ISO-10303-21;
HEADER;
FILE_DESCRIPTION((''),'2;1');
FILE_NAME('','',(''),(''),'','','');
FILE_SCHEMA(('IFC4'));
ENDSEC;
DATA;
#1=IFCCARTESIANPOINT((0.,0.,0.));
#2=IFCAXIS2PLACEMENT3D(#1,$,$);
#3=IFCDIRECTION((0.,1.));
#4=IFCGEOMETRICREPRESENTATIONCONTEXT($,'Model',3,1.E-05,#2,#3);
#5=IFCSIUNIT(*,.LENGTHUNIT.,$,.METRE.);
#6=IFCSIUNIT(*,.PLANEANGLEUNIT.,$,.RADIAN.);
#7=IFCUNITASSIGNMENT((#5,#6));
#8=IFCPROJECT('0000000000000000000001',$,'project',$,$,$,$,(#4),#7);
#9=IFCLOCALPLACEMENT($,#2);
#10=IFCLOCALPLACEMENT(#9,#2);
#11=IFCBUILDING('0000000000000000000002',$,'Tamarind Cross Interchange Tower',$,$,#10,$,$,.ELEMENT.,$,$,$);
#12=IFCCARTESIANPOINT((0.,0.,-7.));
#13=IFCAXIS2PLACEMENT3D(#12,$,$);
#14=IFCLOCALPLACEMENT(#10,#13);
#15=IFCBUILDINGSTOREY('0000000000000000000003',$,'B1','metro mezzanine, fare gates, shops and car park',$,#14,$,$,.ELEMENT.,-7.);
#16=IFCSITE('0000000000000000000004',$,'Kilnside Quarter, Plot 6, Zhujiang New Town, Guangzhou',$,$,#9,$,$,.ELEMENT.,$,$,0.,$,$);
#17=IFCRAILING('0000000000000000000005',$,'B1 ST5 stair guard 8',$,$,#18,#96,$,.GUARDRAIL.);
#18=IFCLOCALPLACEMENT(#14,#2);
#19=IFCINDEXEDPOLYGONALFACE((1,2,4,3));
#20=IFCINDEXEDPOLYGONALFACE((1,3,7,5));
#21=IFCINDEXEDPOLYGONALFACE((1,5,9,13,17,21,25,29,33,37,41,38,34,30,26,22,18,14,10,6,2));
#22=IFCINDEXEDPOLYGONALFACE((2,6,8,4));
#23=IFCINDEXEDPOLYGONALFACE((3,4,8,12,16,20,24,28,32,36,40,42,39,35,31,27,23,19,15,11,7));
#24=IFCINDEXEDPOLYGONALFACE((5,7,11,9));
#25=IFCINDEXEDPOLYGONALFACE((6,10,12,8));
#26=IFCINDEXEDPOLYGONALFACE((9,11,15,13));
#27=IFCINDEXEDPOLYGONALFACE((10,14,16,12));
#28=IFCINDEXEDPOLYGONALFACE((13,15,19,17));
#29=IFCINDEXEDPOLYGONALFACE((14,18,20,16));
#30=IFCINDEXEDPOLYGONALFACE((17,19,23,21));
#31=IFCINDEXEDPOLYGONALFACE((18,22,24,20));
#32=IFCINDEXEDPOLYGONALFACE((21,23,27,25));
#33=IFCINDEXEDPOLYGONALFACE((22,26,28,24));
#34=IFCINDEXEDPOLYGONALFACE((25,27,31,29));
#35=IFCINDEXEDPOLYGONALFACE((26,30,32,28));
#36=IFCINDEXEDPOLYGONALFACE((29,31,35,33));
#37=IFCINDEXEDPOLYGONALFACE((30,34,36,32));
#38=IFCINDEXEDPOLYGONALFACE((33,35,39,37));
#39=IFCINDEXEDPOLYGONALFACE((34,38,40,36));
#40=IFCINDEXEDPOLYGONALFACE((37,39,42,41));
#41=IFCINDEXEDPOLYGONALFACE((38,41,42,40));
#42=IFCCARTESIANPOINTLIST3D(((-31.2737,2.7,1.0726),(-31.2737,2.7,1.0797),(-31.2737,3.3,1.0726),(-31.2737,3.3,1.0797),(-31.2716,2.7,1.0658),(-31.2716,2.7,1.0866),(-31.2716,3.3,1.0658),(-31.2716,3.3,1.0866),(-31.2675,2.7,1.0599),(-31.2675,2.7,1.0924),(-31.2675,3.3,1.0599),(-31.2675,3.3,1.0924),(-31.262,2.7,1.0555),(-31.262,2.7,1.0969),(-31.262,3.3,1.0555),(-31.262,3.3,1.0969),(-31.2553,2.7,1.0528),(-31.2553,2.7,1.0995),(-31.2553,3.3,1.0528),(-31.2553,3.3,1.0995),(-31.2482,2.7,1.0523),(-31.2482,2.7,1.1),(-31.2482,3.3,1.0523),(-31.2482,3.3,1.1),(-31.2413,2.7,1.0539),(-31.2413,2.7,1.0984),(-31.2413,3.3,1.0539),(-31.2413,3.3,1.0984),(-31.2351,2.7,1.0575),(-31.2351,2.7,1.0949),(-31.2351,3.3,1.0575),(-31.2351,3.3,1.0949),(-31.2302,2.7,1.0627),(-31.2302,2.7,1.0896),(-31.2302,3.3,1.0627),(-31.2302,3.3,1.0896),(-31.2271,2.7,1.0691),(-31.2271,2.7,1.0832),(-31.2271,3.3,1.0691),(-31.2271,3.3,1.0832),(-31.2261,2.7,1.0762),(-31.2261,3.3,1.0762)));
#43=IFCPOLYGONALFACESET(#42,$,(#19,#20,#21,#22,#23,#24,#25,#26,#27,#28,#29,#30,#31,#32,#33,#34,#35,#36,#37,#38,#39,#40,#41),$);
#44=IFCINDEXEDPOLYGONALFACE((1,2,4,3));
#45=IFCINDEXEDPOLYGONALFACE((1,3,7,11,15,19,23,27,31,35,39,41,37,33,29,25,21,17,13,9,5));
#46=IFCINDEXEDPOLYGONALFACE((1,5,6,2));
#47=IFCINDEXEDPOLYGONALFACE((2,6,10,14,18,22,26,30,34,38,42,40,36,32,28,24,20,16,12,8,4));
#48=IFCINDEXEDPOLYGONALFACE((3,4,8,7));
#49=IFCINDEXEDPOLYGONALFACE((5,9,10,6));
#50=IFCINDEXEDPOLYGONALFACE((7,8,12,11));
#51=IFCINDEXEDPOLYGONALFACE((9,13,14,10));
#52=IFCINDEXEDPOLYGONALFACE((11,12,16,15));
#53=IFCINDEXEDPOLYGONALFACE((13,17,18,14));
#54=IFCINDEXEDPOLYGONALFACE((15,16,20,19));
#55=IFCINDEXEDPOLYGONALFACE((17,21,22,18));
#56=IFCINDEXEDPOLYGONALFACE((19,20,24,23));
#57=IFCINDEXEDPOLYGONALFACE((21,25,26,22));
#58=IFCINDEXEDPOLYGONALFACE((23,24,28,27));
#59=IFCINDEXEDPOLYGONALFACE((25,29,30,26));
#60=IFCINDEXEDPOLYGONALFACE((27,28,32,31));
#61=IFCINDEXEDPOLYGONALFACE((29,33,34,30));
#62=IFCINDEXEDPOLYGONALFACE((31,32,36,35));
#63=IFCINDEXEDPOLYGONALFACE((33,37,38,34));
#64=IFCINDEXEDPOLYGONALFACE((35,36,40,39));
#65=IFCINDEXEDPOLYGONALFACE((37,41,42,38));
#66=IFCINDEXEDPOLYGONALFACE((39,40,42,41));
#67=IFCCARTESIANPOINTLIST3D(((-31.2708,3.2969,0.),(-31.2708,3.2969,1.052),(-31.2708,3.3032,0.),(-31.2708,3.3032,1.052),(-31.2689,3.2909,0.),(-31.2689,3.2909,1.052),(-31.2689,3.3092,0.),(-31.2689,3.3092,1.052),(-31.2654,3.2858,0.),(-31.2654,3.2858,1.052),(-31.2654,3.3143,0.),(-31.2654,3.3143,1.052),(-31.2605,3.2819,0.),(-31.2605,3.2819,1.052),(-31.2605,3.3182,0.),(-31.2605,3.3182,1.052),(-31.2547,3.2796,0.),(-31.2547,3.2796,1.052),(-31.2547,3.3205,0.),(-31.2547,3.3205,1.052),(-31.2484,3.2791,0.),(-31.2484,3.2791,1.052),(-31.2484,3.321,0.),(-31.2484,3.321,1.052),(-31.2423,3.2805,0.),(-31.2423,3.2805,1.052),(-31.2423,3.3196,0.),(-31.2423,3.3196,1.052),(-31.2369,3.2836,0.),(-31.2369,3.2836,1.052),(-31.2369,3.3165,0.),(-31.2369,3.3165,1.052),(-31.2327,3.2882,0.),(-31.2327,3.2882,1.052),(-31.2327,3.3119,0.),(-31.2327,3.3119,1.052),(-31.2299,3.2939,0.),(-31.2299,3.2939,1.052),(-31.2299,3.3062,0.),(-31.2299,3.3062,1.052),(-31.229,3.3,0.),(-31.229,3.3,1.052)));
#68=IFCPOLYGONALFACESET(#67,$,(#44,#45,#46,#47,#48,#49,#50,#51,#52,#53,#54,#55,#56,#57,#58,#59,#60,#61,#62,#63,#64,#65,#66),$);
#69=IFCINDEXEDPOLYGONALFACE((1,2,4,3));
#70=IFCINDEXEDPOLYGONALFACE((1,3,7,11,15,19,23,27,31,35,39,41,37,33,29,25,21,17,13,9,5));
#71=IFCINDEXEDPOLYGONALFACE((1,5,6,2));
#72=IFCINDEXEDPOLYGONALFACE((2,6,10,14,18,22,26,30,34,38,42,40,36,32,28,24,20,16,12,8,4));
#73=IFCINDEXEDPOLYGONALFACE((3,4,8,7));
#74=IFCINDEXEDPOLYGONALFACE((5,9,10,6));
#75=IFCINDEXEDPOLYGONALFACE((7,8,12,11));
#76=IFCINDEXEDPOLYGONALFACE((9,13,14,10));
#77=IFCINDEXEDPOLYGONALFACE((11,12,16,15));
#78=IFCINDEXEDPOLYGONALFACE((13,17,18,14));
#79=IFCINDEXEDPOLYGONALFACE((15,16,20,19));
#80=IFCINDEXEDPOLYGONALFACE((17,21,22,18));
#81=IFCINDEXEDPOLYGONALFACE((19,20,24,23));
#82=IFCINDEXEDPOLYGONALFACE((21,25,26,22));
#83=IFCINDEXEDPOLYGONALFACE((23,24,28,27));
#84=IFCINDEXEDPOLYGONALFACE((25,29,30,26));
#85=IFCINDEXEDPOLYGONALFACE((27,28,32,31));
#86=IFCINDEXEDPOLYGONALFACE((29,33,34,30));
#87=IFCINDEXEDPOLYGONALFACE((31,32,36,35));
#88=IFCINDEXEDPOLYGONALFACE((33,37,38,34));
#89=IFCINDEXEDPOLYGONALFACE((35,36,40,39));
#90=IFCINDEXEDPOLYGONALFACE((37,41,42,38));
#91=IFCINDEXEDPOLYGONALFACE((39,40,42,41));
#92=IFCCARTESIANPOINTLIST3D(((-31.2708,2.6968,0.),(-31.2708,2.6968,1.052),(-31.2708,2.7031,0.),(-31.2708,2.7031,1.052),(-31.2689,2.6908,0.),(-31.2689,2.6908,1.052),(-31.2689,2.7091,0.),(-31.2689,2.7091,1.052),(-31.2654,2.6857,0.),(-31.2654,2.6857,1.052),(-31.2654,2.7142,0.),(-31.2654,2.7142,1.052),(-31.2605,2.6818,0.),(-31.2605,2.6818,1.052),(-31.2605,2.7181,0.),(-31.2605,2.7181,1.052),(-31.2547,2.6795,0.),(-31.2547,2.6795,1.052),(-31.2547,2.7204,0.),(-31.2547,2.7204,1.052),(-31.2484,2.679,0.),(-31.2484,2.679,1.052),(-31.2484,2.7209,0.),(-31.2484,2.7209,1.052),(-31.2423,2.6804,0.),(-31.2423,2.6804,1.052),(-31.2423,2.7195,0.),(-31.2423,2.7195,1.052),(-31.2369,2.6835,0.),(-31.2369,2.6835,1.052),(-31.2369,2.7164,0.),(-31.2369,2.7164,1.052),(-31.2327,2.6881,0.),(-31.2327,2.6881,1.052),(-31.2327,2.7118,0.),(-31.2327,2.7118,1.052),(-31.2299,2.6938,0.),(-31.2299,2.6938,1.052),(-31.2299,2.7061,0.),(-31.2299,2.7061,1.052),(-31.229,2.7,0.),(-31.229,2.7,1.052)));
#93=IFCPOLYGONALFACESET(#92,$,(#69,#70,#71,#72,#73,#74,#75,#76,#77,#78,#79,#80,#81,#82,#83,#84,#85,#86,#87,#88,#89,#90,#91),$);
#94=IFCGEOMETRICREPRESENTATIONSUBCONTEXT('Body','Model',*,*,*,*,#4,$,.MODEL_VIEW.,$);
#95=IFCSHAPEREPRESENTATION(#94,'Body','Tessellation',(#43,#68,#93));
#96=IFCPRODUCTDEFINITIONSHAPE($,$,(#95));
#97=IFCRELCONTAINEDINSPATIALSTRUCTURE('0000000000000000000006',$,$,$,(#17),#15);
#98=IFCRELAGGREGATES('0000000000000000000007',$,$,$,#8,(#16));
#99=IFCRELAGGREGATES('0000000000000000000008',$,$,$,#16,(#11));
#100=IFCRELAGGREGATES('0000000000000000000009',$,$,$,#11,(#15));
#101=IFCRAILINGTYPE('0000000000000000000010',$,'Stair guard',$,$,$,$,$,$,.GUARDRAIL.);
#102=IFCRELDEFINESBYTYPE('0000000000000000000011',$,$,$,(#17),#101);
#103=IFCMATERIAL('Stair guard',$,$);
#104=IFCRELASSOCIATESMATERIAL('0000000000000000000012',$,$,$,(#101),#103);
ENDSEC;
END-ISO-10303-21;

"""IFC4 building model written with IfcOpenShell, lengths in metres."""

from ifc_helpers import new_model, si_unit, direction, frame, origin, origin_2d, place, context, subcontext, project, spatial, circle, extrude, material, type_object, element, save


model = new_model("IFC4")

# Units and contexts
model_context = context("Model", 3, precision=1e-05, world=origin(), true_north=direction((0.0, 1.0)))
body_context = subcontext(model_context, "Body", "Model", "MODEL_VIEW")
ifc_project = project(units=[si_unit("LENGTHUNIT", "METRE"), si_unit("PLANEANGLEUNIT", "RADIAN")], contexts=[model_context])

# Site, building, storey
site_placement = place(None, origin())
site = spatial("IfcSite", under=ifc_project, at=site_placement, Name="Kilnside Quarter, Plot 6, Zhujiang New Town, Guangzhou", CompositionType="ELEMENT", RefElevation=0.0)
building_placement = place(site_placement, origin())
building = spatial("IfcBuilding", under=site, at=building_placement, Name="Tamarind Cross Interchange Tower", CompositionType="ELEMENT")
storey_placement = place(building_placement, frame((0.0, 0.0, -7.0)))
storey = spatial("IfcBuildingStorey", under=building, at=storey_placement, Name="B1", Description="metro mezzanine, fare gates, shops and car park", CompositionType="ELEMENT", Elevation=-7.0)

# Railing
ifc_material_1 = material(Name="Stair guard")
railing_type_1 = type_object("IfcRailingType", Name="Stair guard", PredefinedType="GUARDRAIL", material=ifc_material_1)
railing_1_placement = place(storey_placement, frame((-31.25, 3.3, 0.0)))
element("IfcRailing", 1, at=railing_1_placement, inside=storey, type_object=railing_type_1, Name="B1 ST5 stair guard 8", PredefinedType="GUARDRAIL", context=body_context, shape_type="SweptSolid", body=[
    extrude(circle(Radius=0.0239, at=origin_2d()), frame((0.0, 0.0, 1.0762), z_axis=(0.0, -1.0, 0.0), x_axis=(1.0, 0.0, 0.0)), (0.0, 0.0, 1.0), 0.6001),
    extrude(circle(Radius=0.021, at=origin_2d()), origin(), (0.0, 0.0, 1.0), 1.052),
    extrude(circle(Radius=0.021, at=origin_2d()), frame((0.0, -0.6001, 0.0)), (0.0, 0.0, 1.0), 1.052),
])

save(model, "model.ifc")
